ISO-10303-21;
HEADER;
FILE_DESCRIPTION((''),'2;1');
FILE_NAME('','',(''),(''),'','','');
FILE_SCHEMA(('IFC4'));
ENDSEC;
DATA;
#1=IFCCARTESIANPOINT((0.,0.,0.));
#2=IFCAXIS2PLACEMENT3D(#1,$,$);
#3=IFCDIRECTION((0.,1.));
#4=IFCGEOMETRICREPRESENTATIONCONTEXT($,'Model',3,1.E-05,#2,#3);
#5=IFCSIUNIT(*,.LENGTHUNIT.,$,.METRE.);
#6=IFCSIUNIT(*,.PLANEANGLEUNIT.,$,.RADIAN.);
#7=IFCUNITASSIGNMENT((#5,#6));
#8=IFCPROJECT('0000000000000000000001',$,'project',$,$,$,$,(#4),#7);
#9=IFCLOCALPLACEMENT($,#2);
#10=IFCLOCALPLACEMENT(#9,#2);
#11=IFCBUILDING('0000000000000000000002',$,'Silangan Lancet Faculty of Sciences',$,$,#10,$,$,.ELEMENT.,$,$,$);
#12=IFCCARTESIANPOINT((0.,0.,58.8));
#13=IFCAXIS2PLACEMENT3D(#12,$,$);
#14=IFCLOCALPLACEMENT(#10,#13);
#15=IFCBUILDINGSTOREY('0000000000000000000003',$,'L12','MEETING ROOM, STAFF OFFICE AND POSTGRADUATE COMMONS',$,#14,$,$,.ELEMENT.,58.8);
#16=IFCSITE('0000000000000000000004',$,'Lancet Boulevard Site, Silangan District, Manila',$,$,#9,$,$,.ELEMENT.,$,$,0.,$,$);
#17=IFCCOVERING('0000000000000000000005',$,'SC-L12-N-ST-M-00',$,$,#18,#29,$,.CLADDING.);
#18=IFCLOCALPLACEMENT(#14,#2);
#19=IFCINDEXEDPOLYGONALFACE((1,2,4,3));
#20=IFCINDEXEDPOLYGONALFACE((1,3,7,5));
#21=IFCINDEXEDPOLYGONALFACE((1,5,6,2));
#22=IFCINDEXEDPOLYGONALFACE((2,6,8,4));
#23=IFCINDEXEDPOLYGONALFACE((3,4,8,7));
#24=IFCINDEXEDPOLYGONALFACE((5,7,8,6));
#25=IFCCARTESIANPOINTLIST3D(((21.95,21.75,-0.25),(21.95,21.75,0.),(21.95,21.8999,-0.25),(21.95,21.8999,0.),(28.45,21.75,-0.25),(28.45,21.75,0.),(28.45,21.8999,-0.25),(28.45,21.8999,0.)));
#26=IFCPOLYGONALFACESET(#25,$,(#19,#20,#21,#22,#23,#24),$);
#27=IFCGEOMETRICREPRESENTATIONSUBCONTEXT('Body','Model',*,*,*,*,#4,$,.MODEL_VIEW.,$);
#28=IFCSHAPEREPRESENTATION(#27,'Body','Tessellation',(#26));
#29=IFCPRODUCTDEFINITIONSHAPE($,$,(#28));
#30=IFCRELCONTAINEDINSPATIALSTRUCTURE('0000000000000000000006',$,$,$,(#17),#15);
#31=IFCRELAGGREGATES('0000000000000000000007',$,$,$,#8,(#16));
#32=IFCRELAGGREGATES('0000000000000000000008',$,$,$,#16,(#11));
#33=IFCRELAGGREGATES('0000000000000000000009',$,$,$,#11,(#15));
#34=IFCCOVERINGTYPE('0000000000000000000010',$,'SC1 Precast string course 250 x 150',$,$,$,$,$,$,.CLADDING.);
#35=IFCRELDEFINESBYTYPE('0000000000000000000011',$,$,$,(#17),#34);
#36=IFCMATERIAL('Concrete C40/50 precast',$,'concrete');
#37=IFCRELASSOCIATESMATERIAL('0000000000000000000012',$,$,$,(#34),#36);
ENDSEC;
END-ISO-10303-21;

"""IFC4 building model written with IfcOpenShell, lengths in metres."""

from ifc_helpers import new_model, si_unit, direction, frame, origin, origin_2d, place, context, subcontext, project, spatial, rectangle, extrude, material, type_object, element, save


model = new_model("IFC4")

# Units and contexts
model_context = context("Model", 3, precision=1e-05, world=origin(), true_north=direction((0.0, 1.0)))
body_context = subcontext(model_context, "Body", "Model", "MODEL_VIEW")
ifc_project = project(units=[si_unit("LENGTHUNIT", "METRE"), si_unit("PLANEANGLEUNIT", "RADIAN")], contexts=[model_context])

# Site, building, storey
site_placement = place(None, origin())
site = spatial("IfcSite", under=ifc_project, at=site_placement, Name="Lancet Boulevard Site, Silangan District, Manila", CompositionType="ELEMENT", RefElevation=0.0)
building_placement = place(site_placement, origin())
building = spatial("IfcBuilding", under=site, at=building_placement, Name="Silangan Lancet Faculty of Sciences", CompositionType="ELEMENT")
storey_placement = place(building_placement, frame((0.0, 0.0, 58.8)))
storey = spatial("IfcBuildingStorey", under=building, at=storey_placement, Name="L12", Description="MEETING ROOM, STAFF OFFICE AND POSTGRADUATE COMMONS", CompositionType="ELEMENT", Elevation=58.8)

# Covering
ifc_material_1 = material(Name="Concrete C40/50 precast", Category="concrete")
covering_type = type_object("IfcCoveringType", Name="SC1 Precast string course 250 x 150", PredefinedType="CLADDING", material=ifc_material_1)
covering_1_placement = place(storey_placement, frame((25.2, 21.825, -0.25), z_axis=(0.0, 0.0, 1.0), x_axis=(1.0, 0.0, 0.0)))
element("IfcCovering", 1, at=covering_1_placement, inside=storey, type_object=covering_type, Name="SC-L12-N-ST-M-00", PredefinedType="CLADDING", context=body_context, shape_type="SweptSolid", body=[
    extrude(rectangle(XDim=6.5, YDim=0.1499, at=origin_2d()), origin(), (0.0, 0.0, 1.0), 0.25),
])

save(model, "model.ifc")
